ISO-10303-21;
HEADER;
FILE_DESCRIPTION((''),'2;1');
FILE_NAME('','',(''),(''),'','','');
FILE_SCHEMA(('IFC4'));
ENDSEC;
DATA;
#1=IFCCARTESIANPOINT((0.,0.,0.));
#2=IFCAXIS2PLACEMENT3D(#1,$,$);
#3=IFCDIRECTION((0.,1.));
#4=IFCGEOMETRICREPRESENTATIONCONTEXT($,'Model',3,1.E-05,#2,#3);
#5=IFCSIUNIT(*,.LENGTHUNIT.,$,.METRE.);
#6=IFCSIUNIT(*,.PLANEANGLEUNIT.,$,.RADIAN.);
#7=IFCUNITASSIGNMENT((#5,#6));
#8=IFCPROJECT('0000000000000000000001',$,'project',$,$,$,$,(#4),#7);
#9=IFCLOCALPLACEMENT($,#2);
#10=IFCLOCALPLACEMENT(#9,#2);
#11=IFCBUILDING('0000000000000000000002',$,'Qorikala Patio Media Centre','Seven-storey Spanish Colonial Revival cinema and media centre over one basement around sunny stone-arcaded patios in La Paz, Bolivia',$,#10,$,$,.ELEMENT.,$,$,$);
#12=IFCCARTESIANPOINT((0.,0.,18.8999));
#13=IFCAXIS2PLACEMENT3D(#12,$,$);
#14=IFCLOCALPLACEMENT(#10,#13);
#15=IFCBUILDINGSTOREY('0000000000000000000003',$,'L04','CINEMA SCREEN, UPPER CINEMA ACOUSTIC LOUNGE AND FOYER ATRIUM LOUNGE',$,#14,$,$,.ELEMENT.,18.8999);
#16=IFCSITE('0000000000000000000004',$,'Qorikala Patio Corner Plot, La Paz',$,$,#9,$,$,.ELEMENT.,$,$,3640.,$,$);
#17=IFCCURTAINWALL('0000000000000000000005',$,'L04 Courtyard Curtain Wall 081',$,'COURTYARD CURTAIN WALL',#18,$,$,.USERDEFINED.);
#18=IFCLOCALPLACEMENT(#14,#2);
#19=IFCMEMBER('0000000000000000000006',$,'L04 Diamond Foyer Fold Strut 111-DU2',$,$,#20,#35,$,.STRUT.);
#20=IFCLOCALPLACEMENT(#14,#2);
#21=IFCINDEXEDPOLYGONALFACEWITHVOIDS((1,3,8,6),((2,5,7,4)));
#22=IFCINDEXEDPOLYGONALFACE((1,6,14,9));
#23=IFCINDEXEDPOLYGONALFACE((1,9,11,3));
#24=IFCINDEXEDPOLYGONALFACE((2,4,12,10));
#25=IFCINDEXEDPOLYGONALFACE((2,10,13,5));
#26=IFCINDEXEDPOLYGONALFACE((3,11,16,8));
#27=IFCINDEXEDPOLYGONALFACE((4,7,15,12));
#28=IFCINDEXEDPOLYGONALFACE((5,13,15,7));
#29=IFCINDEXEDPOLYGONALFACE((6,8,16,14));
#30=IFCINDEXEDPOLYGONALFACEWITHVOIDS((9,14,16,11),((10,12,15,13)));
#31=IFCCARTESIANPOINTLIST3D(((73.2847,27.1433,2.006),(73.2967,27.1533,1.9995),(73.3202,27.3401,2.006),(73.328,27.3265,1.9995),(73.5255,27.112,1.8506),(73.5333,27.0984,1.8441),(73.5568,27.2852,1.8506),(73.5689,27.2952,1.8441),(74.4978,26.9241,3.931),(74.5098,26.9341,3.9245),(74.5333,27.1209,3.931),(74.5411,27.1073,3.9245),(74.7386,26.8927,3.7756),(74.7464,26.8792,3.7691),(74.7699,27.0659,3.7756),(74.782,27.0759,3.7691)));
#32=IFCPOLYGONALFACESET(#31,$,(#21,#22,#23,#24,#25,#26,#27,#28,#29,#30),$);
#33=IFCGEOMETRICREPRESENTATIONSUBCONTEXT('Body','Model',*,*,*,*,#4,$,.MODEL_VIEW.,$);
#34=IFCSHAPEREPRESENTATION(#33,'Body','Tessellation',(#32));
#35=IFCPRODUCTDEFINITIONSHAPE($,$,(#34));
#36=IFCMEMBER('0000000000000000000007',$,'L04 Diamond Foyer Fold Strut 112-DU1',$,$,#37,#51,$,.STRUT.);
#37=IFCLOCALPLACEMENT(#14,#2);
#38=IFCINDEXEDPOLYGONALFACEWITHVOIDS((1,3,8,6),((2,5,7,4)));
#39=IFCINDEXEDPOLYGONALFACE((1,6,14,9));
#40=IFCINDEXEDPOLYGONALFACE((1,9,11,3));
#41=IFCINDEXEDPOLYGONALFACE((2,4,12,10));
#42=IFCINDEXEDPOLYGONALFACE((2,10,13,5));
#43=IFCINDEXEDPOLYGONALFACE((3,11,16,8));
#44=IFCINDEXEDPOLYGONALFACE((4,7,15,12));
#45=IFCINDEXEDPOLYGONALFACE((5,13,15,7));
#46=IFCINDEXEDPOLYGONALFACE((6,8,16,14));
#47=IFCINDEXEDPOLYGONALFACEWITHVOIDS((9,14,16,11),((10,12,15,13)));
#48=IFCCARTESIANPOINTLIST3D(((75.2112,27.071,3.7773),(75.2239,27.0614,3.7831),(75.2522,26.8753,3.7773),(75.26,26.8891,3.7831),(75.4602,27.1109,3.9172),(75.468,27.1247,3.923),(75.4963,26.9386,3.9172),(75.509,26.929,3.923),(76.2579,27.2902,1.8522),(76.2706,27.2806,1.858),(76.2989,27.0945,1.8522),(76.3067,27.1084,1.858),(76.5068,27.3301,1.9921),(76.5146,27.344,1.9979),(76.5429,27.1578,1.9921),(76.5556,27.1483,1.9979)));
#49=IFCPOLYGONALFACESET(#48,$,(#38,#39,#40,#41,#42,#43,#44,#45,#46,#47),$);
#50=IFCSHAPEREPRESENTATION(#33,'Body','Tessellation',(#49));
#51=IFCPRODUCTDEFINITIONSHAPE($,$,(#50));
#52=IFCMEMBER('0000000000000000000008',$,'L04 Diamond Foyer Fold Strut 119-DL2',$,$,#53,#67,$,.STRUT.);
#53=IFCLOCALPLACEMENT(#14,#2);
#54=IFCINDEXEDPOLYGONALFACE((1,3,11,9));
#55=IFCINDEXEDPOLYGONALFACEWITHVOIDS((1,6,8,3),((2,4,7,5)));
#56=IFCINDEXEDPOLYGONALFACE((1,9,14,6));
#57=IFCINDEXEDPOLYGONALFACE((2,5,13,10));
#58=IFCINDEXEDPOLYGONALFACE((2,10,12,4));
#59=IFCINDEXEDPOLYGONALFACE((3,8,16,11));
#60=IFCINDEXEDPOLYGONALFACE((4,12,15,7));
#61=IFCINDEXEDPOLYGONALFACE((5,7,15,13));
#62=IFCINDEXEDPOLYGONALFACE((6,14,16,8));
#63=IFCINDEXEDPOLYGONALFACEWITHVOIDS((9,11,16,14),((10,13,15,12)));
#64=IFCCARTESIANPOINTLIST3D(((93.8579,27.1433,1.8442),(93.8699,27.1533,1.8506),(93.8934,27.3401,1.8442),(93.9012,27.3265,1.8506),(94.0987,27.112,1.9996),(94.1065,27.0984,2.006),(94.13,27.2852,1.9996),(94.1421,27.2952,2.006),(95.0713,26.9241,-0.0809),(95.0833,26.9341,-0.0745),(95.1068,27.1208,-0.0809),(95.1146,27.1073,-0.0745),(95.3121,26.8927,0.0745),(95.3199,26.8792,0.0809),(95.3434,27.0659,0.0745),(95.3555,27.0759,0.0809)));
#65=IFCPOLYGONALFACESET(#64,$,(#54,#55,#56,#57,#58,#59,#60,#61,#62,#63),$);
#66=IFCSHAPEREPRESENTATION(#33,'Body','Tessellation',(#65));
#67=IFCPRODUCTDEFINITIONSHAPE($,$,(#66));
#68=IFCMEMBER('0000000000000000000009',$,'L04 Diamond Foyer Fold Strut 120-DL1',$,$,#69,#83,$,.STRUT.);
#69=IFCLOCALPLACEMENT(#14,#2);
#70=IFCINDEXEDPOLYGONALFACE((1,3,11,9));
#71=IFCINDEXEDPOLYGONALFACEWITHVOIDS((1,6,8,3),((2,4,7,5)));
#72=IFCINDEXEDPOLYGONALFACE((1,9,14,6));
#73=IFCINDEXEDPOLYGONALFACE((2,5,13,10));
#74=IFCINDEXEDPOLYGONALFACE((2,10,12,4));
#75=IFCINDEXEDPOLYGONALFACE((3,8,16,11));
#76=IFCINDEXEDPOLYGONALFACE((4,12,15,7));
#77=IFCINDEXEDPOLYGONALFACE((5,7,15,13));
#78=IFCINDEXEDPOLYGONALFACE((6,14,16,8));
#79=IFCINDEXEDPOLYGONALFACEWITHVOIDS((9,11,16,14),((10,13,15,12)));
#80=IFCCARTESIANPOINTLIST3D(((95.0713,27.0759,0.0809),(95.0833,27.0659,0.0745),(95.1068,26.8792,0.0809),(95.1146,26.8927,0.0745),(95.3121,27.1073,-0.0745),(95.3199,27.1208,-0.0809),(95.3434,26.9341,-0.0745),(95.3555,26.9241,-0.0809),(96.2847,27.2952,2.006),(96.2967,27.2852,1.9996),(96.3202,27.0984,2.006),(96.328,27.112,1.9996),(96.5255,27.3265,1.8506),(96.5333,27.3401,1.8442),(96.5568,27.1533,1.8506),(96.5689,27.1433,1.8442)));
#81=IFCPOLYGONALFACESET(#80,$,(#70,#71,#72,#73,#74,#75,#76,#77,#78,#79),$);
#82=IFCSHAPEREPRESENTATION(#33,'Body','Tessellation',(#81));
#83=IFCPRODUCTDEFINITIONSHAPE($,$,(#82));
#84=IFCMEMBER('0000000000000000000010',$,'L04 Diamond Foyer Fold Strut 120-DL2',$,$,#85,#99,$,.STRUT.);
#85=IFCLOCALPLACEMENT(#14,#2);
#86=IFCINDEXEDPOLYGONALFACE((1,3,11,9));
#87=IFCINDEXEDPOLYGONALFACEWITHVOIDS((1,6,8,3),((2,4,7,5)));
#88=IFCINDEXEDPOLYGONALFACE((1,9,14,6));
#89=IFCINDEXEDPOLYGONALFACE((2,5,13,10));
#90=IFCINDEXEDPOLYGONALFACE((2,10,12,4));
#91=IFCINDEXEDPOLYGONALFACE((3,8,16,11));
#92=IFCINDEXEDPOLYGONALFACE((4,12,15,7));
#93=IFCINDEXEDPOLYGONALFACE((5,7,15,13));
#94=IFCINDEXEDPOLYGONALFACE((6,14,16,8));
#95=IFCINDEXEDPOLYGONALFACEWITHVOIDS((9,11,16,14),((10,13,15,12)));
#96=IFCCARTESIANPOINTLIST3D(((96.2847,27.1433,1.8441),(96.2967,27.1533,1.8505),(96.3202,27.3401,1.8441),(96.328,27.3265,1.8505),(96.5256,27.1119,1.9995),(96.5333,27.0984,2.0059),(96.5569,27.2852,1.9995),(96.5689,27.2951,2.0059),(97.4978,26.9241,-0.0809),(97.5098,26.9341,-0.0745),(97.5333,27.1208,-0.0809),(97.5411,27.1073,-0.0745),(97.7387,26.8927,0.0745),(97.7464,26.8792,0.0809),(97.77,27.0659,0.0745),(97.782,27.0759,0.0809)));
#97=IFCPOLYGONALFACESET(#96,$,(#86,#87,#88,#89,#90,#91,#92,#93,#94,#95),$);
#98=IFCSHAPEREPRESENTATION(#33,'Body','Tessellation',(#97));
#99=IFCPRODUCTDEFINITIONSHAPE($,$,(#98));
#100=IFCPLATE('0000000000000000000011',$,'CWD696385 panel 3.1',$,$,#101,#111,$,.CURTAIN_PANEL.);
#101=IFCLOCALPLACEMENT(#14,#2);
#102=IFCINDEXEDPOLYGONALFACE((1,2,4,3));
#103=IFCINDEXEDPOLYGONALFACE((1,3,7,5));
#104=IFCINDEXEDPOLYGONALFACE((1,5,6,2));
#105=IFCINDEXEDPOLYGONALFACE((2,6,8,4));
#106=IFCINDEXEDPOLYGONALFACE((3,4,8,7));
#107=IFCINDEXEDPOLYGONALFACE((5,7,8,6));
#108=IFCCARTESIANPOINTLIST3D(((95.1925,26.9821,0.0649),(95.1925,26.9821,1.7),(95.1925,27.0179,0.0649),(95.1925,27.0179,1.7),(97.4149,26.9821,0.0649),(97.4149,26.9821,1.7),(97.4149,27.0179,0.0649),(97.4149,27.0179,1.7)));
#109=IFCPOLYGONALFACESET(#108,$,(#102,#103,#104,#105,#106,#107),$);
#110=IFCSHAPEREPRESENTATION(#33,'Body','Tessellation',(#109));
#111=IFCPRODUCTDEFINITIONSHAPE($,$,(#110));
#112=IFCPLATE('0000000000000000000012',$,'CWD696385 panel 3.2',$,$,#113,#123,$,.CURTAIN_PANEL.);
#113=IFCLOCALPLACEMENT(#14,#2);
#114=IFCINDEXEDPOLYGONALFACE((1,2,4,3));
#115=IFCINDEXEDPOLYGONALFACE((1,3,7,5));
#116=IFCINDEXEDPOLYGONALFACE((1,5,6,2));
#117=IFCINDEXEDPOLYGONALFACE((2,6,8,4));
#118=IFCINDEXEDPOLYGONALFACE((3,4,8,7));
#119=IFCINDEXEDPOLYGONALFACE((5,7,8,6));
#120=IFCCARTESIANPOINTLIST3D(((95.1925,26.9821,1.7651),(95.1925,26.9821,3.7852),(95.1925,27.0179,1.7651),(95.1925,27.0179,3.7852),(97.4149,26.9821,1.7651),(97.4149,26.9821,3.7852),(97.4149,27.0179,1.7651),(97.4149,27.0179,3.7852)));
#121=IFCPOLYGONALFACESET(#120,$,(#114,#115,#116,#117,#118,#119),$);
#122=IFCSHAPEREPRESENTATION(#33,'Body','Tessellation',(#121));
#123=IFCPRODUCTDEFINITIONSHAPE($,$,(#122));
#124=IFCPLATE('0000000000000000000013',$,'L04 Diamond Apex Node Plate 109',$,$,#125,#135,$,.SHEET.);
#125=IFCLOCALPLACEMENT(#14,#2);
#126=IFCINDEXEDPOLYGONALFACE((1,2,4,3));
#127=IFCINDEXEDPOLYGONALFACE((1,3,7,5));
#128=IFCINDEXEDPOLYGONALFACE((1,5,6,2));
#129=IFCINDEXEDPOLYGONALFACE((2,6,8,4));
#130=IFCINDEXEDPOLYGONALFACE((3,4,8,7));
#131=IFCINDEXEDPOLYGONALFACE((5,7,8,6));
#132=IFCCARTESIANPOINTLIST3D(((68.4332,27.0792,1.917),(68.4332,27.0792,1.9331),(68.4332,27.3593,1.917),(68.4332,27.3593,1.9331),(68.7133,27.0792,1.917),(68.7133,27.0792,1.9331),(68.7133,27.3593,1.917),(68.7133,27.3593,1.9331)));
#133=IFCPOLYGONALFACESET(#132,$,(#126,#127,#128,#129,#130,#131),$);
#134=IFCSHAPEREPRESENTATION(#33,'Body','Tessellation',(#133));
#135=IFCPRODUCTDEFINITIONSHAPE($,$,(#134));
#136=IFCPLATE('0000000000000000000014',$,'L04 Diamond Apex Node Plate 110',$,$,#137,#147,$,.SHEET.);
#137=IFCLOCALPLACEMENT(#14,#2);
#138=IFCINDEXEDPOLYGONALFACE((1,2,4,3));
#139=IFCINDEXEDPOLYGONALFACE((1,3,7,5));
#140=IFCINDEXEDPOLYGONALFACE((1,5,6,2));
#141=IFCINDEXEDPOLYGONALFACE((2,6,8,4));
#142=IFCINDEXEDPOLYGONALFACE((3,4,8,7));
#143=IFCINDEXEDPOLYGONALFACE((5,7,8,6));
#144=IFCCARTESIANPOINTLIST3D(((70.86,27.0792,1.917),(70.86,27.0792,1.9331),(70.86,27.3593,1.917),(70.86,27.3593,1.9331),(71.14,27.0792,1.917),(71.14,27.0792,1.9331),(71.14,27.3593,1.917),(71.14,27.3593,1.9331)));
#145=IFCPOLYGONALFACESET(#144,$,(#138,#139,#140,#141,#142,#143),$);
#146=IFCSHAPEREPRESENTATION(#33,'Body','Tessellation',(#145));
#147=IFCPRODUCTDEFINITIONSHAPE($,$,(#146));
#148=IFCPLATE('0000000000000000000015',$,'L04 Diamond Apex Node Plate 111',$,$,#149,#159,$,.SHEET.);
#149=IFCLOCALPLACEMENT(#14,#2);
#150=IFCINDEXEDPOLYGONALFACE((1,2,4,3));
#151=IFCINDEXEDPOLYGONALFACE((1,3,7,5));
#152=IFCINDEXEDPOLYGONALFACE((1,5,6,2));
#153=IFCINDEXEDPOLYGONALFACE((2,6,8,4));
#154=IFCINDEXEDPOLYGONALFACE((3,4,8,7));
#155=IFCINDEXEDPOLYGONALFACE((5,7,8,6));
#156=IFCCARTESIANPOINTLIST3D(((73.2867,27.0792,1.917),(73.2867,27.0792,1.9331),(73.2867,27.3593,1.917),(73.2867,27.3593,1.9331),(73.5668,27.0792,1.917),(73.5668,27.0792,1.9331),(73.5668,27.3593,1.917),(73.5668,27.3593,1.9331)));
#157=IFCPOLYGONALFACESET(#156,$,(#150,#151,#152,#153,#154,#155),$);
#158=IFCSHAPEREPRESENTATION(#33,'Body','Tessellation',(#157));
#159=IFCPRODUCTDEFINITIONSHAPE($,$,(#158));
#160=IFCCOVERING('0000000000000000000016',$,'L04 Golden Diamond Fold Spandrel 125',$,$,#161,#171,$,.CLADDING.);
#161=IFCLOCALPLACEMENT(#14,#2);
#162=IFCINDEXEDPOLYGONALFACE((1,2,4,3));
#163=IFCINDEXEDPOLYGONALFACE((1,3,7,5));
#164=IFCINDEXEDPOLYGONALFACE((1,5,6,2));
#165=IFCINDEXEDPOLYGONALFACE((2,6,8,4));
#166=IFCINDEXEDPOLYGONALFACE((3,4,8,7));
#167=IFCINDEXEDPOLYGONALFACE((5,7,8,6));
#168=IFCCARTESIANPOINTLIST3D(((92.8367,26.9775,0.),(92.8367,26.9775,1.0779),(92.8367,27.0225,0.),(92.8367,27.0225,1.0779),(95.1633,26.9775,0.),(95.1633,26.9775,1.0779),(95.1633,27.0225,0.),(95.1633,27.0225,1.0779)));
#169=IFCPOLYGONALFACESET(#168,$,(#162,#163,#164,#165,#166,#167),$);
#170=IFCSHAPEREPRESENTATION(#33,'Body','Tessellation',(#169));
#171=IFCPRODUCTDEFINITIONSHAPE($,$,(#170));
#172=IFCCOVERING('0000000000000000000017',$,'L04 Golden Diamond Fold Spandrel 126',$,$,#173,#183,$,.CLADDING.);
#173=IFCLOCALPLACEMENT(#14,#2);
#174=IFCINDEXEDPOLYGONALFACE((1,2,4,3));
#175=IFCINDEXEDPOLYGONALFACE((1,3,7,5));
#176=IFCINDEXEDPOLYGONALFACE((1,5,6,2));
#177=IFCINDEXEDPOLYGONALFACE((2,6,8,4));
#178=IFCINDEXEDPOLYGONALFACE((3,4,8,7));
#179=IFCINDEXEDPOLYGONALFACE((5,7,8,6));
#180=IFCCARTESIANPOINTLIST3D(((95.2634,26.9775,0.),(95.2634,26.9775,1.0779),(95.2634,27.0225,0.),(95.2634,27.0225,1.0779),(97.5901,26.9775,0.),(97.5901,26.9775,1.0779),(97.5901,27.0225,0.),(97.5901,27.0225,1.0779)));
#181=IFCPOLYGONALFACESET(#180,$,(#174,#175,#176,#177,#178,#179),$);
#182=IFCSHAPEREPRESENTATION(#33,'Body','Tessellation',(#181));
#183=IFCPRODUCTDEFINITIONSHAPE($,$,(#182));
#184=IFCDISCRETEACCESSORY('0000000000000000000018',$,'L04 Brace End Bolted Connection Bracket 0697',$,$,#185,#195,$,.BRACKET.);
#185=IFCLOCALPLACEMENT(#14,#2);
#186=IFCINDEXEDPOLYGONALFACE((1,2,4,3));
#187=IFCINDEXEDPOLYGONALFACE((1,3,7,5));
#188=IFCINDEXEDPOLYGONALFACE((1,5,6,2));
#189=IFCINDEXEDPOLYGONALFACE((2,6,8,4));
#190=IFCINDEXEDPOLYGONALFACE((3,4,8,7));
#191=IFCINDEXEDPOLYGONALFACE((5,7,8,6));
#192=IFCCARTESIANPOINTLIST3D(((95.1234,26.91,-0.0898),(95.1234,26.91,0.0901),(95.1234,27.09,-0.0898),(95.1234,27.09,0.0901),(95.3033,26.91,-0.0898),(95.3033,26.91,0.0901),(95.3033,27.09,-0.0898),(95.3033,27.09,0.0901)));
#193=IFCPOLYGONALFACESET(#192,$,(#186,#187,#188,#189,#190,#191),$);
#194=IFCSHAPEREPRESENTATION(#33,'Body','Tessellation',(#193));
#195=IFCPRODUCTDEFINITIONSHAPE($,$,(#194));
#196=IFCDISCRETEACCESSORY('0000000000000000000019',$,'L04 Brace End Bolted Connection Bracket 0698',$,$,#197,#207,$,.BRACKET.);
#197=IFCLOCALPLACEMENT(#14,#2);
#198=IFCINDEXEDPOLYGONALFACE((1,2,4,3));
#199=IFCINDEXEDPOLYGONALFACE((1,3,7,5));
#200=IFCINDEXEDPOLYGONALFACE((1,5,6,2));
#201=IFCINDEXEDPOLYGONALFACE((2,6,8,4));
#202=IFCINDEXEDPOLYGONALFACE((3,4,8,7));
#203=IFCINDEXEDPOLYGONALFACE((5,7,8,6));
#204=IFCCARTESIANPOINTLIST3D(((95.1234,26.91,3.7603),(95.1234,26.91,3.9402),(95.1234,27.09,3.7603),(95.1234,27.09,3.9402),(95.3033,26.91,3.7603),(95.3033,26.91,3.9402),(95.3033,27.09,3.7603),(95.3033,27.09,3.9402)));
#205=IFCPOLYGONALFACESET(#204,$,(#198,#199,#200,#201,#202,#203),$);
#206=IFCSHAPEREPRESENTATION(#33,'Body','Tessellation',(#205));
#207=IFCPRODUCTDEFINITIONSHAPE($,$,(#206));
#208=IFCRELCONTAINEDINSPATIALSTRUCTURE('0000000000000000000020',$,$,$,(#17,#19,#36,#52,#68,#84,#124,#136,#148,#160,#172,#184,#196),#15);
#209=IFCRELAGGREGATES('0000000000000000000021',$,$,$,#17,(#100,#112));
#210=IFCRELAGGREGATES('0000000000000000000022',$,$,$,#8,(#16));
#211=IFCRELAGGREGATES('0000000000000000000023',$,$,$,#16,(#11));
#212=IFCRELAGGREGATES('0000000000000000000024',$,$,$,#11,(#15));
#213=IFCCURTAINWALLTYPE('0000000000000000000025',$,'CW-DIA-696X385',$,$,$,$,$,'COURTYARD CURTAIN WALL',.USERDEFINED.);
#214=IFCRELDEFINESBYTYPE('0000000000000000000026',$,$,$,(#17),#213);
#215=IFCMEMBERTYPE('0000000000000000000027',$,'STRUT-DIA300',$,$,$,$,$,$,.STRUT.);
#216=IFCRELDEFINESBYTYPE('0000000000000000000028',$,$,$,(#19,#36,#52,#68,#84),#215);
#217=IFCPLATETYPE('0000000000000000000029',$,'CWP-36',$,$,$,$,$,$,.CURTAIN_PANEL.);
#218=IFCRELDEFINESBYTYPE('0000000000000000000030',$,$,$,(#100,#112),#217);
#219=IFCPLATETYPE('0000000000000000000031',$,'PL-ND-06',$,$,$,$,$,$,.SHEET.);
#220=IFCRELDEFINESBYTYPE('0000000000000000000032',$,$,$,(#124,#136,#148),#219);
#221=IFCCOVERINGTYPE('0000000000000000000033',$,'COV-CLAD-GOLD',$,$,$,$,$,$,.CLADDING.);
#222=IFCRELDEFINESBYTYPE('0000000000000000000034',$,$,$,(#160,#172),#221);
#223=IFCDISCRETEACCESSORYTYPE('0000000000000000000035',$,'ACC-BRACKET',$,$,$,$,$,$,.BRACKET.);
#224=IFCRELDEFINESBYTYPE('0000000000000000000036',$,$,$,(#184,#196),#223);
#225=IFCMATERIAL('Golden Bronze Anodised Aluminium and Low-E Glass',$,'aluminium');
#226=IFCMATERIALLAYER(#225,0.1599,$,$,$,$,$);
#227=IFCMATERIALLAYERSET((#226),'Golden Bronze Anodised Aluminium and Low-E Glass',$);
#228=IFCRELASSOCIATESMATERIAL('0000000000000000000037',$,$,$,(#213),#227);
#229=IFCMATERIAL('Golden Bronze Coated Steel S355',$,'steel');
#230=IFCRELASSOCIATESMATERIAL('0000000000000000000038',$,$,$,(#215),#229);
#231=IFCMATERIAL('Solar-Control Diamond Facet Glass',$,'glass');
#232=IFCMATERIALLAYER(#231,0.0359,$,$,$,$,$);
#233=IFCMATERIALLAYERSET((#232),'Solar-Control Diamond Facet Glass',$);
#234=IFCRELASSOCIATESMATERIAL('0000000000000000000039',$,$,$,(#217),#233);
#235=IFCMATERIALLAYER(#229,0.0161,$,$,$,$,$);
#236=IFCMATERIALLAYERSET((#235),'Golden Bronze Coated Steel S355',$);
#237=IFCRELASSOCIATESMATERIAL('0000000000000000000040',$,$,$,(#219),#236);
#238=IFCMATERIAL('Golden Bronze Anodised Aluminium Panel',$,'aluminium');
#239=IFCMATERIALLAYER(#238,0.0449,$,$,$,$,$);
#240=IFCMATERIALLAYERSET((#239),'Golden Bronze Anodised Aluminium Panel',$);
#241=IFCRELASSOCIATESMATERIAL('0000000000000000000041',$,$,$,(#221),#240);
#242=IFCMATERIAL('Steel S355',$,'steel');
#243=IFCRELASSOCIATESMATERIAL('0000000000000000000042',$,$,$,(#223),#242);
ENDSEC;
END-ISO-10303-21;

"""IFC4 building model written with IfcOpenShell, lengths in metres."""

from ifc_helpers import new_model, si_unit, direction, frame, origin, origin_2d, place, context, subcontext, project, spatial, rectangle, hollow_rectangle, extrude, material, layer, layer_set, material_profile, profile_set, type_object, element, aggregate, save


model = new_model("IFC4")

# Units and contexts
model_context = context("Model", 3, precision=1e-05, world=origin(), true_north=direction((0.0, 1.0)))
body_context = subcontext(model_context, "Body", "Model", "MODEL_VIEW")
ifc_project = project(units=[si_unit("LENGTHUNIT", "METRE"), si_unit("PLANEANGLEUNIT", "RADIAN")], contexts=[model_context])

# Site, building, storey
site_placement = place(None, origin())
site = spatial("IfcSite", under=ifc_project, at=site_placement, Name="Qorikala Patio Corner Plot, La Paz", CompositionType="ELEMENT", RefElevation=3640.0)
building_placement = place(site_placement, origin())
building = spatial("IfcBuilding", under=site, at=building_placement, Name="Qorikala Patio Media Centre", Description="Seven-storey Spanish Colonial Revival cinema and media centre over one basement around sunny stone-arcaded patios in La Paz, Bolivia", CompositionType="ELEMENT")
storey_placement = place(building_placement, frame((0.0, 0.0, 18.8999)))
storey = spatial("IfcBuildingStorey", under=building, at=storey_placement, Name="L04", Description="CINEMA SCREEN, UPPER CINEMA ACOUSTIC LOUNGE AND FOYER ATRIUM LOUNGE", CompositionType="ELEMENT", Elevation=18.8999)

# Shared definitions
ifc_material_1 = material(Name="Golden Bronze Coated Steel S355", Category="steel")

# Curtain wall
ifc_material_2 = material(Name="Golden Bronze Anodised Aluminium and Low-E Glass", Category="aluminium")
ifc_layer_1 = layer(ifc_material_2, 0.1599)
ifc_layer_set_1 = layer_set([ifc_layer_1], Name="Golden Bronze Anodised Aluminium and Low-E Glass")
curtain_wall_type = type_object("IfcCurtainWallType", Name="CW-DIA-696X385", ElementType="COURTYARD CURTAIN WALL", PredefinedType="USERDEFINED", material=ifc_layer_set_1)
curtain_wall_placement = place(storey_placement, origin())
curtain_wall = element("IfcCurtainWall", 1, at=curtain_wall_placement, inside=storey, type_object=curtain_wall_type, Name="L04 Courtyard Curtain Wall 081", ObjectType="COURTYARD CURTAIN WALL", PredefinedType="USERDEFINED")

# Members
ifc_material_profile_1 = material_profile(ifc_material_1, hollow_rectangle(XDim=0.2, YDim=0.3, WallThickness=0.012, at=origin_2d()), Name="HSS300X200X12")
ifc_profile_set_1 = profile_set([ifc_material_profile_1], Name="Golden Bronze Coated Steel S355")
member_type_1 = type_object("IfcMemberType", Name="STRUT-DIA300", PredefinedType="STRUT", material=ifc_profile_set_1)
member_1_placement = place(storey_placement, frame((73.4268, 27.2192, 1.925), z_axis=(0.530691, -0.095907, 0.842121), x_axis=(0.17784, 0.984059, 0.0)))
element("IfcMember", 2, at=member_1_placement, inside=storey, type_object=member_type_1, Name="L04 Diamond Foyer Fold Strut 111-DU2", PredefinedType="STRUT", context=body_context, shape_type="SweptSolid", body=[
    extrude(hollow_rectangle(XDim=0.2, YDim=0.3, WallThickness=0.012, at=origin_2d()), origin(), (0.0, 0.0, 1.0), 2.2859),
])
member_2_placement = place(storey_placement, frame((76.4067, 27.2192, 1.925), z_axis=(-0.475284, -0.099558, 0.874181), x_axis=(0.205021, -0.978758, 0.0)))
element("IfcMember", 3, at=member_2_placement, inside=storey, type_object=member_type_1, Name="L04 Diamond Foyer Fold Strut 112-DU1", PredefinedType="STRUT", context=body_context, shape_type="SweptSolid", body=[
    extrude(hollow_rectangle(XDim=0.2, YDim=0.3, WallThickness=0.012, at=origin_2d()), origin(), (0.0, 0.0, 1.0), 2.2021),
])
for number, where, z_axis, x_axis, name in (
    (4, (95.2134, 27.0, 0.0), (-0.530768, 0.095901, 0.842074), (-0.177805, -0.984066, 0.0), "L04 Diamond Foyer Fold Strut 119-DL2"),
    (5, (95.2134, 27.0, 0.0), (0.530768, 0.095901, 0.842074), (-0.177805, 0.984066, 0.0), "L04 Diamond Foyer Fold Strut 120-DL1"),
):
    element("IfcMember", number, at=place(storey_placement, frame(where, z_axis=z_axis, x_axis=x_axis)), inside=storey, type_object=member_type_1, Name=name, PredefinedType="STRUT", context=body_context, shape_type="SweptSolid", body=[
        extrude(hollow_rectangle(XDim=0.2, YDim=0.3, WallThickness=0.012, at=origin_2d()), origin(), (0.0, 0.0, 1.0), 2.2861),
    ])
member_3_placement = place(storey_placement, frame((97.6399, 27.0, 0.0), z_axis=(-0.530691, 0.095907, 0.842121), x_axis=(-0.17784, -0.984059, 0.0)))
element("IfcMember", 6, at=member_3_placement, inside=storey, type_object=member_type_1, Name="L04 Diamond Foyer Fold Strut 120-DL2", PredefinedType="STRUT", context=body_context, shape_type="SweptSolid", body=[
    extrude(hollow_rectangle(XDim=0.2, YDim=0.3, WallThickness=0.012, at=origin_2d()), origin(), (0.0, 0.0, 1.0), 2.2859),
])

# Plates
ifc_material_3 = material(Name="Solar-Control Diamond Facet Glass", Category="glass")
ifc_layer_2 = layer(ifc_material_3, 0.0359)
ifc_layer_set_2 = layer_set([ifc_layer_2], Name="Solar-Control Diamond Facet Glass")
plate_type_1 = type_object("IfcPlateType", Name="CWP-36", PredefinedType="CURTAIN_PANEL", material=ifc_layer_set_2)
plate_1_placement = place(storey_placement, frame((96.3037, 27.0, 0.0649), z_axis=(0.0, 0.0, 1.0), x_axis=(1.0, 0.0, 0.0)))
plate_1 = element("IfcPlate", 7, at=plate_1_placement, type_object=plate_type_1, Name="CWD696385 panel 3.1", PredefinedType="CURTAIN_PANEL", context=body_context, shape_type="SweptSolid", body=[
    extrude(rectangle(XDim=2.2224, YDim=0.0359, at=origin_2d()), origin(), (0.0, 0.0, 1.0), 1.635),
])
plate_2_placement = place(storey_placement, frame((96.3037, 27.0, 1.7651), z_axis=(0.0, 0.0, 1.0), x_axis=(1.0, 0.0, 0.0)))
plate_2 = element("IfcPlate", 8, at=plate_2_placement, type_object=plate_type_1, Name="CWD696385 panel 3.2", PredefinedType="CURTAIN_PANEL", context=body_context, shape_type="SweptSolid", body=[
    extrude(rectangle(XDim=2.2224, YDim=0.0359, at=origin_2d()), origin(), (0.0, 0.0, 1.0), 2.02),
])
aggregate(curtain_wall, [plate_1, plate_2])

# Plates
ifc_layer_3 = layer(ifc_material_1, 0.0161)
ifc_layer_set_3 = layer_set([ifc_layer_3], Name="Golden Bronze Coated Steel S355")
plate_type_2 = type_object("IfcPlateType", Name="PL-ND-06", PredefinedType="SHEET", material=ifc_layer_set_3)
for number, where, z_axis, x_axis, name in (
    (9, (68.5732, 27.2192, 1.917), (0.0, 0.0, 1.0), (1.0, 0.0, 0.0), "L04 Diamond Apex Node Plate 109"),
    (10, (71.0, 27.2192, 1.917), (0.0, 0.0, 1.0), (1.0, 0.0, 0.0), "L04 Diamond Apex Node Plate 110"),
    (11, (73.4268, 27.2192, 1.917), (0.0, 0.0, 1.0), (1.0, 0.0, 0.0), "L04 Diamond Apex Node Plate 111"),
):
    element("IfcPlate", number, at=place(storey_placement, frame(where, z_axis=z_axis, x_axis=x_axis)), inside=storey, type_object=plate_type_2, Name=name, PredefinedType="SHEET", context=body_context, shape_type="SweptSolid", body=[
        extrude(rectangle(XDim=0.28, YDim=0.28, at=origin_2d()), origin(), (0.0, 0.0, 1.0), 0.0161),
    ])

# Coverings
ifc_material_4 = material(Name="Golden Bronze Anodised Aluminium Panel", Category="aluminium")
ifc_layer_4 = layer(ifc_material_4, 0.0449)
ifc_layer_set_4 = layer_set([ifc_layer_4], Name="Golden Bronze Anodised Aluminium Panel")
covering_type = type_object("IfcCoveringType", Name="COV-CLAD-GOLD", PredefinedType="CLADDING", material=ifc_layer_set_4)
for number, where, z_axis, x_axis, name in (
    (12, (94.0, 27.0, 0.0), (0.0, 0.0, 1.0), (1.0, 0.0, 0.0), "L04 Golden Diamond Fold Spandrel 125"),
    (13, (96.4268, 27.0, 0.0), (0.0, 0.0, 1.0), (1.0, 0.0, 0.0), "L04 Golden Diamond Fold Spandrel 126"),
):
    element("IfcCovering", number, at=place(storey_placement, frame(where, z_axis=z_axis, x_axis=x_axis)), inside=storey, type_object=covering_type, Name=name, PredefinedType="CLADDING", context=body_context, shape_type="SweptSolid", body=[
        extrude(rectangle(XDim=2.3267, YDim=0.0449, at=origin_2d()), origin(), (0.0, 0.0, 1.0), 1.0779),
    ])

# Discrete accessories
ifc_material_5 = material(Name="Steel S355", Category="steel")
discrete_accessory_type = type_object("IfcDiscreteAccessoryType", Name="ACC-BRACKET", PredefinedType="BRACKET", material=ifc_material_5)
for number, where, z_axis, x_axis, name in (
    (14, (95.2134, 27.0, -0.0898), (0.0, 0.0, 1.0), (1.0, 0.0, 0.0), "L04 Brace End Bolted Connection Bracket 0697"),
    (15, (95.2134, 27.0, 3.7603), (0.0, 0.0, 1.0), (1.0, 0.0, 0.0), "L04 Brace End Bolted Connection Bracket 0698"),
):
    element("IfcDiscreteAccessory", number, at=place(storey_placement, frame(where, z_axis=z_axis, x_axis=x_axis)), inside=storey, type_object=discrete_accessory_type, Name=name, PredefinedType="BRACKET", context=body_context, shape_type="SweptSolid", body=[
        extrude(rectangle(XDim=0.1799, YDim=0.1799, at=origin_2d()), origin(), (0.0, 0.0, 1.0), 0.1799),
    ])

save(model, "model.ifc")
